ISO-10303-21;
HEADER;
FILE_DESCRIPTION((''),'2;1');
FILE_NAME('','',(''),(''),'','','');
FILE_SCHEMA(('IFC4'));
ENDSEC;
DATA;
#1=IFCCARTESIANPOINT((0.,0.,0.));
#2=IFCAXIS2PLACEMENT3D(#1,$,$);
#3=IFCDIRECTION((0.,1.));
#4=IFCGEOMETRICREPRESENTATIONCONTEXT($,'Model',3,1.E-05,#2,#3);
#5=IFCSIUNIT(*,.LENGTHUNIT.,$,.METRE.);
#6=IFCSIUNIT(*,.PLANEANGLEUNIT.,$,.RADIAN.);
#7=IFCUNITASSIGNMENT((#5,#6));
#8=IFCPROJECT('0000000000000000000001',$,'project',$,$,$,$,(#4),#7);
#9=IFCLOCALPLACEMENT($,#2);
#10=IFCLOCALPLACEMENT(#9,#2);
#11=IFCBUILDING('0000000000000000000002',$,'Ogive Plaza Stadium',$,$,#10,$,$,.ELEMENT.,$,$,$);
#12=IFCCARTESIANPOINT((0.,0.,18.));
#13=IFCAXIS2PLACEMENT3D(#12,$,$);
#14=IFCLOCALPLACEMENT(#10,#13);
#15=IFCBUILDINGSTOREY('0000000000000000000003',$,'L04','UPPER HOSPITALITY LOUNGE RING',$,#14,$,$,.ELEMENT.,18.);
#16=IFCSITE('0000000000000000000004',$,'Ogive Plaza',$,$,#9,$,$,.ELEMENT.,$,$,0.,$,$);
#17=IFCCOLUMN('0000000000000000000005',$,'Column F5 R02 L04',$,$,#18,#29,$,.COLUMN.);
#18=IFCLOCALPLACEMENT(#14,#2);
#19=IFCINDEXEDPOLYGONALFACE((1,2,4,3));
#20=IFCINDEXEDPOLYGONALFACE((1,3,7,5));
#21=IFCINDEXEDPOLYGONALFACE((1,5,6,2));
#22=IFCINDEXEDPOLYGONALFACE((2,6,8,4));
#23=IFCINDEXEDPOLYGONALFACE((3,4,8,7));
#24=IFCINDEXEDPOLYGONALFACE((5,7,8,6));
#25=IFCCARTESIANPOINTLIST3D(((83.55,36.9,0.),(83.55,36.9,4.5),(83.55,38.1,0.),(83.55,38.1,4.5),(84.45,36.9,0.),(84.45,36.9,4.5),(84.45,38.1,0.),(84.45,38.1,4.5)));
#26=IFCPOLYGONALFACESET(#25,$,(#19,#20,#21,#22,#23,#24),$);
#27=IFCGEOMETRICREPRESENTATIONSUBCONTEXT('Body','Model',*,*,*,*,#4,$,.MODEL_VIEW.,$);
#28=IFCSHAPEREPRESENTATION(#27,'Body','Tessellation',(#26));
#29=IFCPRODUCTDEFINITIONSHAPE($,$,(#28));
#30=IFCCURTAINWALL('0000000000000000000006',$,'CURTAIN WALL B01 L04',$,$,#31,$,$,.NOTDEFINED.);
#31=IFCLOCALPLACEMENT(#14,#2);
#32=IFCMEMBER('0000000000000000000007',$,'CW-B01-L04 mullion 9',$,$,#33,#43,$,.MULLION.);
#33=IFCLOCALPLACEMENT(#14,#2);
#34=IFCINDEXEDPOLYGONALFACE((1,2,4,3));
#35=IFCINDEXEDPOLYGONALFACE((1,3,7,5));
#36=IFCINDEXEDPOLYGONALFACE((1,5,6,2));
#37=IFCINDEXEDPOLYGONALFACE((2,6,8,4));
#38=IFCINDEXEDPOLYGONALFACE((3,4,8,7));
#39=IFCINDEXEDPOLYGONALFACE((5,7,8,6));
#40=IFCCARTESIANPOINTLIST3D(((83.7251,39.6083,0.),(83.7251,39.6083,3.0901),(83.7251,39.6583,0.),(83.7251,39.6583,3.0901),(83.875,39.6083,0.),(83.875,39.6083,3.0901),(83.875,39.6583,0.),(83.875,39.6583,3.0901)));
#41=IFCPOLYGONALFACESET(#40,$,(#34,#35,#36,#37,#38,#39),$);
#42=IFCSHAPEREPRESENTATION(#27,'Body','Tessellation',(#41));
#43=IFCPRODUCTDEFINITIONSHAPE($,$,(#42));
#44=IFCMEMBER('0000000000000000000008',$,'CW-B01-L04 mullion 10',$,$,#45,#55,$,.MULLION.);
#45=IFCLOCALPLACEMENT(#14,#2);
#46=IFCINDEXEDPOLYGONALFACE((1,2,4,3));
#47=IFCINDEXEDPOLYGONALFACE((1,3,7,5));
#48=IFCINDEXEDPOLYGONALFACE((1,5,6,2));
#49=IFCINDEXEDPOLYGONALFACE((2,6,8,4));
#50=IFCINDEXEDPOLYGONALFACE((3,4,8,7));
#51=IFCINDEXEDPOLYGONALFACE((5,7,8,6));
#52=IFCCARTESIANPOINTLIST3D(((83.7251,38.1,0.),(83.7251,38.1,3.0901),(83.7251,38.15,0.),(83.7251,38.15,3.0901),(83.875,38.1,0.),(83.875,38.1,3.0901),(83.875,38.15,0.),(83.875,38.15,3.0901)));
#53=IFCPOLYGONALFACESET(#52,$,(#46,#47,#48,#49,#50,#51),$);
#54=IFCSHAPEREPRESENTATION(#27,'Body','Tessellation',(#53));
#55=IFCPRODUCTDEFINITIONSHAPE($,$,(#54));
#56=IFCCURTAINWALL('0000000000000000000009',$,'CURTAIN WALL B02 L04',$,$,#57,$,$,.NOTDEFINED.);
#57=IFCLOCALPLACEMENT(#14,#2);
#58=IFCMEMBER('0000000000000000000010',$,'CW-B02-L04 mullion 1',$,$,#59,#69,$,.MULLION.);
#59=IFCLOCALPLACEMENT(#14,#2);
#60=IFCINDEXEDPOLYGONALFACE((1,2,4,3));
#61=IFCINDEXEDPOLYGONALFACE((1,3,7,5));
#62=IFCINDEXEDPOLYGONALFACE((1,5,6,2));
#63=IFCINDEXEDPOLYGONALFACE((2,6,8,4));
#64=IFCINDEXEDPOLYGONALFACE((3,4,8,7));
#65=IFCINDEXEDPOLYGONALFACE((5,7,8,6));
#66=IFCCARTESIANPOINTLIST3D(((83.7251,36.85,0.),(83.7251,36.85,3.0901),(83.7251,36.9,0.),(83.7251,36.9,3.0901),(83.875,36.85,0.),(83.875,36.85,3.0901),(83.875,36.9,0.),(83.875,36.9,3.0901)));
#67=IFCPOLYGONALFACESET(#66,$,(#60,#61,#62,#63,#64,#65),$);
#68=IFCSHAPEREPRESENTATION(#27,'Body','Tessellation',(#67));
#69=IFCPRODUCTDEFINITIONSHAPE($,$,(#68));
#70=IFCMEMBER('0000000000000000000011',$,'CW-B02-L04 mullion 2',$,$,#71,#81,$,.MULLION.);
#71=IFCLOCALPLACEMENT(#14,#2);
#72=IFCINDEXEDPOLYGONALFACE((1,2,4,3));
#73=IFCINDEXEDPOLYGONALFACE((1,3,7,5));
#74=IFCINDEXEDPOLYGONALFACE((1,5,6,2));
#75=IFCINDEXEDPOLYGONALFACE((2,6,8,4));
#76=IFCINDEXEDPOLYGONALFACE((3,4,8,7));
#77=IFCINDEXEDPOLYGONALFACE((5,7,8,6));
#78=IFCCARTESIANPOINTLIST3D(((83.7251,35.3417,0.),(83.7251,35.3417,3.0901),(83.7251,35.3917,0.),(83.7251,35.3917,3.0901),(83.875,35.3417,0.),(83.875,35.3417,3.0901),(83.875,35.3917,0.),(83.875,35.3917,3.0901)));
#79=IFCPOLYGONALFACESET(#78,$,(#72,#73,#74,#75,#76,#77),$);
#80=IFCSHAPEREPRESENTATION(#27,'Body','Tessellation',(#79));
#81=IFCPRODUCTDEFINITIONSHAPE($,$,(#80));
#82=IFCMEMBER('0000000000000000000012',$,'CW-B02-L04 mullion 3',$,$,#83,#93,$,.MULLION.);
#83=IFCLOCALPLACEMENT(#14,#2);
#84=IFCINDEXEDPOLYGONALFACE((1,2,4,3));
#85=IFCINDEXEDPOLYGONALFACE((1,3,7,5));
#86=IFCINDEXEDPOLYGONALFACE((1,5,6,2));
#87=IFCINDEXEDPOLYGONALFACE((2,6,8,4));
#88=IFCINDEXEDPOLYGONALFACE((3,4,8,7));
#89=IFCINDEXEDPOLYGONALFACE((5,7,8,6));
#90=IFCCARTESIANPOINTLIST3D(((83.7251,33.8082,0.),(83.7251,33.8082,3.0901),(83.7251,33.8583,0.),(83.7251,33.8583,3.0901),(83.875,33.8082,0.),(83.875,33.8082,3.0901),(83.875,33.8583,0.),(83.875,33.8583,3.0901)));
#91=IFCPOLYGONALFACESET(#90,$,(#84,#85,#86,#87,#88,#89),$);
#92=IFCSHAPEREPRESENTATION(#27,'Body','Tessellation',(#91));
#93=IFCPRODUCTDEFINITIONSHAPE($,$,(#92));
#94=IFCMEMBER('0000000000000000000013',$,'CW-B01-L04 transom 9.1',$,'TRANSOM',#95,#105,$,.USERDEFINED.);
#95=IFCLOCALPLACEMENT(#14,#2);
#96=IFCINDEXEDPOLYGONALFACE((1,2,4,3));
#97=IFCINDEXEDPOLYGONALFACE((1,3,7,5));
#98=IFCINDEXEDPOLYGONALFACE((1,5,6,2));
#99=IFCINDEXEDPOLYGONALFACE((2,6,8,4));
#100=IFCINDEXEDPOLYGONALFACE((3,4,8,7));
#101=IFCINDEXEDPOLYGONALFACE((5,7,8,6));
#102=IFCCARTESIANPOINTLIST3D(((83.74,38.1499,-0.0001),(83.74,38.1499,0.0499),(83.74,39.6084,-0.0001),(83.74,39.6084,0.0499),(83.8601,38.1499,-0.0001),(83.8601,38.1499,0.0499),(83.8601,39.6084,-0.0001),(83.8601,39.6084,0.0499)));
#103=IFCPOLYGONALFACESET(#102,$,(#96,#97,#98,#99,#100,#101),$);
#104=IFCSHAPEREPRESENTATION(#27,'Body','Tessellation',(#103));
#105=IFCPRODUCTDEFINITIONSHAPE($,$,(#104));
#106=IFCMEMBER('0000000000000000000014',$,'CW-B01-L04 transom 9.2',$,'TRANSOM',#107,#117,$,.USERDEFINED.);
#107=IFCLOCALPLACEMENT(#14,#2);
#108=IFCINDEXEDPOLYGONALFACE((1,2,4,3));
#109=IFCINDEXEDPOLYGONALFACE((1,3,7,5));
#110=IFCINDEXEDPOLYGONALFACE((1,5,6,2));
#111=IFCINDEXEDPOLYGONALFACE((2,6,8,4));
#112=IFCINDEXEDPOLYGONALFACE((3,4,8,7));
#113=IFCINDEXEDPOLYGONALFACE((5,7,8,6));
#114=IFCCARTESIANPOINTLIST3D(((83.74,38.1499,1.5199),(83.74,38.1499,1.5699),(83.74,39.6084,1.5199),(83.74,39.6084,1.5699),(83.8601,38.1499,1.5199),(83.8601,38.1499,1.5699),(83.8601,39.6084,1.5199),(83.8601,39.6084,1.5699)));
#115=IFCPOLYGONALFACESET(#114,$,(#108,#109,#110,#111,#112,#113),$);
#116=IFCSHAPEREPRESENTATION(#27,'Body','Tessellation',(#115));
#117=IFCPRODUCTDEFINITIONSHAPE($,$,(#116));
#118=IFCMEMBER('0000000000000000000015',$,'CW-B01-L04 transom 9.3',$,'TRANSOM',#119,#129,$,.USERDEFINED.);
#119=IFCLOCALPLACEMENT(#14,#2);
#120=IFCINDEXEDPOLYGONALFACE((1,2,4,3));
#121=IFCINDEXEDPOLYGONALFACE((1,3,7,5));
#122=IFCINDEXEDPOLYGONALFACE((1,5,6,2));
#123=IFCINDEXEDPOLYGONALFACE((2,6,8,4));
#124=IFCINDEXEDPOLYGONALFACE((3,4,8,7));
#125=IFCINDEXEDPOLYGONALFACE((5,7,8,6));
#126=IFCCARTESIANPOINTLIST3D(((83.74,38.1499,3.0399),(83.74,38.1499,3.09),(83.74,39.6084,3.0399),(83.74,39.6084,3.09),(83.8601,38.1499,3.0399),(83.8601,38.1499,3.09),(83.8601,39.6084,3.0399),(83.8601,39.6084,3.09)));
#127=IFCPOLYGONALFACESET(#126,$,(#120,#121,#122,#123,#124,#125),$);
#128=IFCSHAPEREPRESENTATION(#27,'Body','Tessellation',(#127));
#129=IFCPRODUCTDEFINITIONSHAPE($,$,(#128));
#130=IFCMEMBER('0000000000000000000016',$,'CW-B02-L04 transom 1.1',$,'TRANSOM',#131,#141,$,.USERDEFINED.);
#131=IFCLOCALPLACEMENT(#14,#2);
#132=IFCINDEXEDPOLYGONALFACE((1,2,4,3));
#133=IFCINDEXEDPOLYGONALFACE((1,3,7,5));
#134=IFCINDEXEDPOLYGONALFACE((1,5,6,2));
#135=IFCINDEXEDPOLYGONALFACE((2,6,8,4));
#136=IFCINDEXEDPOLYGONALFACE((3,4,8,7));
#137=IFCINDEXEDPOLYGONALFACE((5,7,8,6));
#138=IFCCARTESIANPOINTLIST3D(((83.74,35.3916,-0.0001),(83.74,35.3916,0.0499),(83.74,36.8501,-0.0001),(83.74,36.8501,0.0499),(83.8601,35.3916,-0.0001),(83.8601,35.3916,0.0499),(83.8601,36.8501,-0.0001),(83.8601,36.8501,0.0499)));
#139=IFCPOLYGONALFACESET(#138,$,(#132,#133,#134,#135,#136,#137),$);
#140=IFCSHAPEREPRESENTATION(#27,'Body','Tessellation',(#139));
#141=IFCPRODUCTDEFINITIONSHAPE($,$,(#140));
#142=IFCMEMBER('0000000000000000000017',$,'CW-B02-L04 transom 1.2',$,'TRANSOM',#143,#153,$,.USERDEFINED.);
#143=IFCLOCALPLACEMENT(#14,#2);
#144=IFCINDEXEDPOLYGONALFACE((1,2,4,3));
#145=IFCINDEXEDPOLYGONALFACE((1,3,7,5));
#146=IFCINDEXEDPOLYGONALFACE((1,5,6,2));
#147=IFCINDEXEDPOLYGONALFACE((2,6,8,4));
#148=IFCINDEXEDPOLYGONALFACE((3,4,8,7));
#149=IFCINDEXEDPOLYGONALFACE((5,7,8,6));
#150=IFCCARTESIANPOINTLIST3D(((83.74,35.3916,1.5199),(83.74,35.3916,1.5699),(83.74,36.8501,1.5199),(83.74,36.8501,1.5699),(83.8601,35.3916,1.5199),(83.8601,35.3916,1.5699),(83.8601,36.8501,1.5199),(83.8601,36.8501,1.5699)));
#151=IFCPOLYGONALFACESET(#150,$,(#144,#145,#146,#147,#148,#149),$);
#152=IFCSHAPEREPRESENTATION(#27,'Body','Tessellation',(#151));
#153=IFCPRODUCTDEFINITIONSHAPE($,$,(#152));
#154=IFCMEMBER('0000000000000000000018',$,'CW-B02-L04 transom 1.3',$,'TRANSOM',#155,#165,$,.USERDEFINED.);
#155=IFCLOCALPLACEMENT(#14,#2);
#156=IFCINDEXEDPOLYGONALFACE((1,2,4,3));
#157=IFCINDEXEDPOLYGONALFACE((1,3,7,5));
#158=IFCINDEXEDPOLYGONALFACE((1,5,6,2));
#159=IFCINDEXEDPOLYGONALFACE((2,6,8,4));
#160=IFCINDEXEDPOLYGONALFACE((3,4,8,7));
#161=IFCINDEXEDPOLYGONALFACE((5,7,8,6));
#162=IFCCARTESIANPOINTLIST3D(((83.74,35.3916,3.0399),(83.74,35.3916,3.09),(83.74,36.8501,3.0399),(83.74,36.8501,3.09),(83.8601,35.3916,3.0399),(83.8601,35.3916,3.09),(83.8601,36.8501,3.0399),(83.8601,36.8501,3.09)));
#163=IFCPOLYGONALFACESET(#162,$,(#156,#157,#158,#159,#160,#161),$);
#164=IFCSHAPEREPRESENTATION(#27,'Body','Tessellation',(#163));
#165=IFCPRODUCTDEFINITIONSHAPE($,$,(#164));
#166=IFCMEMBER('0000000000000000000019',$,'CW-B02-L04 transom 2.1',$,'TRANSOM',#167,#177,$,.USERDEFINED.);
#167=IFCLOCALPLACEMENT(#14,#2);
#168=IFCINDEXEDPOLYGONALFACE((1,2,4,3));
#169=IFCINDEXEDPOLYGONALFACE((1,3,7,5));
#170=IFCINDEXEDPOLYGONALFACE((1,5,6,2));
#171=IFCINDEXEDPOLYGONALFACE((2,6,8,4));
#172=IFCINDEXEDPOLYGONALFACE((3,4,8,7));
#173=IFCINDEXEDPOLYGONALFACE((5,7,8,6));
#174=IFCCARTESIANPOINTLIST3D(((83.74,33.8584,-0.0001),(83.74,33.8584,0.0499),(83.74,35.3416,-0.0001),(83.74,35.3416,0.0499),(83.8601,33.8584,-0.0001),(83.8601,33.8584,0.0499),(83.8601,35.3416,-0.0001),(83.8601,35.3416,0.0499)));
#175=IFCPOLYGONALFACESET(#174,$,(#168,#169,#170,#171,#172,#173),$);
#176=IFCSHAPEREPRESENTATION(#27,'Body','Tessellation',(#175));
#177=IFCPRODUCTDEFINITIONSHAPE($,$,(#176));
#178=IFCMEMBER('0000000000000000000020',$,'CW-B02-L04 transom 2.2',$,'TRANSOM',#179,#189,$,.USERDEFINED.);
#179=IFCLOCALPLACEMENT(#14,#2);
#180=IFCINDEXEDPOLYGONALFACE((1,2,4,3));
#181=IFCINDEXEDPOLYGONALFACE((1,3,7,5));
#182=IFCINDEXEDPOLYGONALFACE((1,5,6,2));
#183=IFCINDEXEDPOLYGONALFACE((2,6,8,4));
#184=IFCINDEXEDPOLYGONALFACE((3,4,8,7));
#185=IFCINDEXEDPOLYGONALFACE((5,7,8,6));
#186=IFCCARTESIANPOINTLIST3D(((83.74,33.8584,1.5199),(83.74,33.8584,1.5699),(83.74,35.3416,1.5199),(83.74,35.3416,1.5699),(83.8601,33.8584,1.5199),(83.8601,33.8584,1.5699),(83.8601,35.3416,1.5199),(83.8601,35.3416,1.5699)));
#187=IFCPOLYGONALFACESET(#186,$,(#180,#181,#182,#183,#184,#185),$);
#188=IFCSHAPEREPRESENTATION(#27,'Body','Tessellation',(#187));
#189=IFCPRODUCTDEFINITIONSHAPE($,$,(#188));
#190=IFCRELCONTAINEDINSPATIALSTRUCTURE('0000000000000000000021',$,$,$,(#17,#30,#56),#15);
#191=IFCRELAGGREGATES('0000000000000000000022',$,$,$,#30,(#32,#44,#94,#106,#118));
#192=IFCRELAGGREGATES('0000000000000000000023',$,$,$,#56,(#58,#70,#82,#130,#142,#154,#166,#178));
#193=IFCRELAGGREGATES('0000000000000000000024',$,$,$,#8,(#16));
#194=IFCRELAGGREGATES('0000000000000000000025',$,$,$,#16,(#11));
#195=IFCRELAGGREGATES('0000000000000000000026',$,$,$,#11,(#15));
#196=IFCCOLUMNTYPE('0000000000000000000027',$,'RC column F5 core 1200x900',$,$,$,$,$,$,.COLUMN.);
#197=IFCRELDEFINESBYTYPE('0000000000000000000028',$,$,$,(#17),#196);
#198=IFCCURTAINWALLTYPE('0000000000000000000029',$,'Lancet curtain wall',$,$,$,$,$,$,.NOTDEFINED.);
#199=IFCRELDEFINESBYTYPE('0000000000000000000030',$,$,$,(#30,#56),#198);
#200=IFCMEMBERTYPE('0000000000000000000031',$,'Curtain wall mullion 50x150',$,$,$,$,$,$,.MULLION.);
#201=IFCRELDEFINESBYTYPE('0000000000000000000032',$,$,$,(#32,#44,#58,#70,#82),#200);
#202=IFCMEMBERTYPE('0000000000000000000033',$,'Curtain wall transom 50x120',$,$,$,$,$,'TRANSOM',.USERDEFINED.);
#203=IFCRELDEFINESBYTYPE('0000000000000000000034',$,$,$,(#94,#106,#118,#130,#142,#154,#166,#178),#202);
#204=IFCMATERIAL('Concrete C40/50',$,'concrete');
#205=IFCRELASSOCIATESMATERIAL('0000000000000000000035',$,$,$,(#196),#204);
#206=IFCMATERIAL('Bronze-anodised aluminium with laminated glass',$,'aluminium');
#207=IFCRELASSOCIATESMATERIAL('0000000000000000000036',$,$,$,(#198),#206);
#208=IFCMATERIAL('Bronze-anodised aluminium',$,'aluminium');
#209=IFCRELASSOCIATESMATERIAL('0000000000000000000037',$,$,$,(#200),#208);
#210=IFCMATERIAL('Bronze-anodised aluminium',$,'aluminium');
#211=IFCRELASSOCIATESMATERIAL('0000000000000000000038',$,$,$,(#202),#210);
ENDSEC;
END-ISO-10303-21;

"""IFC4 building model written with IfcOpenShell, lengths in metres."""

from ifc_helpers import new_model, si_unit, direction, frame, origin, origin_2d, place, context, subcontext, project, spatial, rectangle, extrude, material, material_profile, profile_set, type_object, element, aggregate, save


model = new_model("IFC4")

# Units and contexts
model_context = context("Model", 3, precision=1e-05, world=origin(), true_north=direction((0.0, 1.0)))
body_context = subcontext(model_context, "Body", "Model", "MODEL_VIEW")
ifc_project = project(units=[si_unit("LENGTHUNIT", "METRE"), si_unit("PLANEANGLEUNIT", "RADIAN")], contexts=[model_context])

# Site, building, storey
site_placement = place(None, origin())
site = spatial("IfcSite", under=ifc_project, at=site_placement, Name="Ogive Plaza", CompositionType="ELEMENT", RefElevation=0.0)
building_placement = place(site_placement, origin())
building = spatial("IfcBuilding", under=site, at=building_placement, Name="Ogive Plaza Stadium", CompositionType="ELEMENT")
storey_placement = place(building_placement, frame((0.0, 0.0, 18.0)))
storey = spatial("IfcBuildingStorey", under=building, at=storey_placement, Name="L04", Description="UPPER HOSPITALITY LOUNGE RING", CompositionType="ELEMENT", Elevation=18.0)

# Column
ifc_material_1 = material(Name="Concrete C40/50", Category="concrete")
ifc_material_profile_1 = material_profile(ifc_material_1, rectangle(XDim=1.2, YDim=0.8999, at=origin_2d()), Name="RC 1200x900")
ifc_profile_set_1 = profile_set([ifc_material_profile_1], Name="Concrete C40/50")
column_type = type_object("IfcColumnType", Name="RC column F5 core 1200x900", PredefinedType="COLUMN", material=ifc_profile_set_1)
column_placement = place(storey_placement, frame((84.0, 37.5, 0.0), z_axis=(0.0, 0.0, 1.0), x_axis=(0.0, 1.0, 0.0)))
element("IfcColumn", 1, at=column_placement, inside=storey, type_object=column_type, Name="Column F5 R02 L04", PredefinedType="COLUMN", context=body_context, shape_type="SweptSolid", body=[
    extrude(rectangle(XDim=1.2, YDim=0.8999, at=origin_2d()), origin(), (0.0, 0.0, 1.0), 4.5),
])

# Curtain walls, members
ifc_material_2 = material(Name="Bronze-anodised aluminium with laminated glass", Category="aluminium")
curtain_wall_type = type_object("IfcCurtainWallType", Name="Lancet curtain wall", PredefinedType="NOTDEFINED", material=ifc_material_2)
curtain_wall_1_placement = place(storey_placement, origin())
curtain_wall_1 = element("IfcCurtainWall", 2, at=curtain_wall_1_placement, inside=storey, type_object=curtain_wall_type, Name="CURTAIN WALL B01 L04", PredefinedType="NOTDEFINED")
ifc_material_3 = material(Name="Bronze-anodised aluminium", Category="aluminium")
ifc_material_profile_2 = material_profile(ifc_material_3, rectangle(XDim=0.1499, YDim=0.05, at=origin_2d()), Name="AL 150x50")
ifc_profile_set_2 = profile_set([ifc_material_profile_2], Name="Bronze-anodised aluminium")
member_type_1 = type_object("IfcMemberType", Name="Curtain wall mullion 50x150", PredefinedType="MULLION", material=ifc_profile_set_2)
member_1_placement = place(storey_placement, frame((83.8, 39.6333, 0.0), z_axis=(0.0, 0.0, 1.0), x_axis=(1.0, 0.0, 0.0)))
member_1 = element("IfcMember", 3, at=member_1_placement, type_object=member_type_1, Name="CW-B01-L04 mullion 9", PredefinedType="MULLION", context=body_context, shape_type="SweptSolid", body=[
    extrude(rectangle(XDim=0.1499, YDim=0.05, at=origin_2d()), origin(), (0.0, 0.0, 1.0), 3.0901),
])
member_2_placement = place(storey_placement, frame((83.8, 38.125, 0.0), z_axis=(0.0, 0.0, 1.0), x_axis=(1.0, 0.0, 0.0)))
member_2 = element("IfcMember", 4, at=member_2_placement, type_object=member_type_1, Name="CW-B01-L04 mullion 10", PredefinedType="MULLION", context=body_context, shape_type="SweptSolid", body=[
    extrude(rectangle(XDim=0.1499, YDim=0.05, at=origin_2d()), origin(), (0.0, 0.0, 1.0), 3.0901),
])
curtain_wall_2_placement = place(storey_placement, origin())
curtain_wall_2 = element("IfcCurtainWall", 5, at=curtain_wall_2_placement, inside=storey, type_object=curtain_wall_type, Name="CURTAIN WALL B02 L04", PredefinedType="NOTDEFINED")
member_3_placement = place(storey_placement, frame((83.8, 36.875, 0.0), z_axis=(0.0, 0.0, 1.0), x_axis=(1.0, 0.0, 0.0)))
member_3 = element("IfcMember", 6, at=member_3_placement, type_object=member_type_1, Name="CW-B02-L04 mullion 1", PredefinedType="MULLION", context=body_context, shape_type="SweptSolid", body=[
    extrude(rectangle(XDim=0.1499, YDim=0.05, at=origin_2d()), origin(), (0.0, 0.0, 1.0), 3.0901),
])
member_4_placement = place(storey_placement, frame((83.8, 35.3667, 0.0), z_axis=(0.0, 0.0, 1.0), x_axis=(1.0, 0.0, 0.0)))
member_4 = element("IfcMember", 7, at=member_4_placement, type_object=member_type_1, Name="CW-B02-L04 mullion 2", PredefinedType="MULLION", context=body_context, shape_type="SweptSolid", body=[
    extrude(rectangle(XDim=0.1499, YDim=0.05, at=origin_2d()), origin(), (0.0, 0.0, 1.0), 3.0901),
])
member_5_placement = place(storey_placement, frame((83.8, 33.8333, 0.0), z_axis=(0.0, 0.0, 1.0), x_axis=(1.0, 0.0, 0.0)))
member_5 = element("IfcMember", 8, at=member_5_placement, type_object=member_type_1, Name="CW-B02-L04 mullion 3", PredefinedType="MULLION", context=body_context, shape_type="SweptSolid", body=[
    extrude(rectangle(XDim=0.1499, YDim=0.05, at=origin_2d()), origin(), (0.0, 0.0, 1.0), 3.0901),
])

# Members
ifc_material_4 = material(Name="Bronze-anodised aluminium", Category="aluminium")
ifc_material_profile_3 = material_profile(ifc_material_4, rectangle(XDim=0.1201, YDim=0.05, at=origin_2d()), Name="AL 120x50")
ifc_profile_set_3 = profile_set([ifc_material_profile_3], Name="Bronze-anodised aluminium")
member_type_2 = type_object("IfcMemberType", Name="Curtain wall transom 50x120", ElementType="TRANSOM", PredefinedType="USERDEFINED", material=ifc_profile_set_3)
member_6_placement = place(storey_placement, frame((83.8, 39.6084, 0.0249), z_axis=(0.0, -1.0, 0.0), x_axis=(1.0, 0.0, 0.0)))
member_6 = element("IfcMember", 9, at=member_6_placement, type_object=member_type_2, Name="CW-B01-L04 transom 9.1", ObjectType="TRANSOM", PredefinedType="USERDEFINED", context=body_context, shape_type="SweptSolid", body=[
    extrude(rectangle(XDim=0.1201, YDim=0.05, at=origin_2d()), origin(), (0.0, 0.0, 1.0), 1.4585),
])
member_7_placement = place(storey_placement, frame((83.8, 39.6084, 1.5449), z_axis=(0.0, -1.0, 0.0), x_axis=(1.0, 0.0, 0.0)))
member_7 = element("IfcMember", 10, at=member_7_placement, type_object=member_type_2, Name="CW-B01-L04 transom 9.2", ObjectType="TRANSOM", PredefinedType="USERDEFINED", context=body_context, shape_type="SweptSolid", body=[
    extrude(rectangle(XDim=0.1201, YDim=0.05, at=origin_2d()), origin(), (0.0, 0.0, 1.0), 1.4585),
])
member_8_placement = place(storey_placement, frame((83.8, 39.6084, 3.0649), z_axis=(0.0, -1.0, 0.0), x_axis=(1.0, 0.0, 0.0)))
member_8 = element("IfcMember", 11, at=member_8_placement, type_object=member_type_2, Name="CW-B01-L04 transom 9.3", ObjectType="TRANSOM", PredefinedType="USERDEFINED", context=body_context, shape_type="SweptSolid", body=[
    extrude(rectangle(XDim=0.1201, YDim=0.05, at=origin_2d()), origin(), (0.0, 0.0, 1.0), 1.4585),
])
member_9_placement = place(storey_placement, frame((83.8, 36.8501, 0.0249), z_axis=(0.0, -1.0, 0.0), x_axis=(1.0, 0.0, 0.0)))
member_9 = element("IfcMember", 12, at=member_9_placement, type_object=member_type_2, Name="CW-B02-L04 transom 1.1", ObjectType="TRANSOM", PredefinedType="USERDEFINED", context=body_context, shape_type="SweptSolid", body=[
    extrude(rectangle(XDim=0.1201, YDim=0.05, at=origin_2d()), origin(), (0.0, 0.0, 1.0), 1.4585),
])
member_10_placement = place(storey_placement, frame((83.8, 36.8501, 1.5449), z_axis=(0.0, -1.0, 0.0), x_axis=(1.0, 0.0, 0.0)))
member_10 = element("IfcMember", 13, at=member_10_placement, type_object=member_type_2, Name="CW-B02-L04 transom 1.2", ObjectType="TRANSOM", PredefinedType="USERDEFINED", context=body_context, shape_type="SweptSolid", body=[
    extrude(rectangle(XDim=0.1201, YDim=0.05, at=origin_2d()), origin(), (0.0, 0.0, 1.0), 1.4585),
])
member_11_placement = place(storey_placement, frame((83.8, 36.8501, 3.0649), z_axis=(0.0, -1.0, 0.0), x_axis=(1.0, 0.0, 0.0)))
member_11 = element("IfcMember", 14, at=member_11_placement, type_object=member_type_2, Name="CW-B02-L04 transom 1.3", ObjectType="TRANSOM", PredefinedType="USERDEFINED", context=body_context, shape_type="SweptSolid", body=[
    extrude(rectangle(XDim=0.1201, YDim=0.05, at=origin_2d()), origin(), (0.0, 0.0, 1.0), 1.4585),
])
member_12_placement = place(storey_placement, frame((83.8, 35.3416, 0.0249), z_axis=(0.0, -1.0, 0.0), x_axis=(1.0, 0.0, 0.0)))
member_12 = element("IfcMember", 15, at=member_12_placement, type_object=member_type_2, Name="CW-B02-L04 transom 2.1", ObjectType="TRANSOM", PredefinedType="USERDEFINED", context=body_context, shape_type="SweptSolid", body=[
    extrude(rectangle(XDim=0.1201, YDim=0.05, at=origin_2d()), origin(), (0.0, 0.0, 1.0), 1.4832),
])
member_13_placement = place(storey_placement, frame((83.8, 35.3416, 1.5449), z_axis=(0.0, -1.0, 0.0), x_axis=(1.0, 0.0, 0.0)))
member_13 = element("IfcMember", 16, at=member_13_placement, type_object=member_type_2, Name="CW-B02-L04 transom 2.2", ObjectType="TRANSOM", PredefinedType="USERDEFINED", context=body_context, shape_type="SweptSolid", body=[
    extrude(rectangle(XDim=0.1201, YDim=0.05, at=origin_2d()), origin(), (0.0, 0.0, 1.0), 1.4832),
])

aggregate(curtain_wall_1, [member_1, member_2, member_6, member_7, member_8])
aggregate(curtain_wall_2, [member_3, member_4, member_5, member_9, member_10, member_11, member_12, member_13])

save(model, "model.ifc")
